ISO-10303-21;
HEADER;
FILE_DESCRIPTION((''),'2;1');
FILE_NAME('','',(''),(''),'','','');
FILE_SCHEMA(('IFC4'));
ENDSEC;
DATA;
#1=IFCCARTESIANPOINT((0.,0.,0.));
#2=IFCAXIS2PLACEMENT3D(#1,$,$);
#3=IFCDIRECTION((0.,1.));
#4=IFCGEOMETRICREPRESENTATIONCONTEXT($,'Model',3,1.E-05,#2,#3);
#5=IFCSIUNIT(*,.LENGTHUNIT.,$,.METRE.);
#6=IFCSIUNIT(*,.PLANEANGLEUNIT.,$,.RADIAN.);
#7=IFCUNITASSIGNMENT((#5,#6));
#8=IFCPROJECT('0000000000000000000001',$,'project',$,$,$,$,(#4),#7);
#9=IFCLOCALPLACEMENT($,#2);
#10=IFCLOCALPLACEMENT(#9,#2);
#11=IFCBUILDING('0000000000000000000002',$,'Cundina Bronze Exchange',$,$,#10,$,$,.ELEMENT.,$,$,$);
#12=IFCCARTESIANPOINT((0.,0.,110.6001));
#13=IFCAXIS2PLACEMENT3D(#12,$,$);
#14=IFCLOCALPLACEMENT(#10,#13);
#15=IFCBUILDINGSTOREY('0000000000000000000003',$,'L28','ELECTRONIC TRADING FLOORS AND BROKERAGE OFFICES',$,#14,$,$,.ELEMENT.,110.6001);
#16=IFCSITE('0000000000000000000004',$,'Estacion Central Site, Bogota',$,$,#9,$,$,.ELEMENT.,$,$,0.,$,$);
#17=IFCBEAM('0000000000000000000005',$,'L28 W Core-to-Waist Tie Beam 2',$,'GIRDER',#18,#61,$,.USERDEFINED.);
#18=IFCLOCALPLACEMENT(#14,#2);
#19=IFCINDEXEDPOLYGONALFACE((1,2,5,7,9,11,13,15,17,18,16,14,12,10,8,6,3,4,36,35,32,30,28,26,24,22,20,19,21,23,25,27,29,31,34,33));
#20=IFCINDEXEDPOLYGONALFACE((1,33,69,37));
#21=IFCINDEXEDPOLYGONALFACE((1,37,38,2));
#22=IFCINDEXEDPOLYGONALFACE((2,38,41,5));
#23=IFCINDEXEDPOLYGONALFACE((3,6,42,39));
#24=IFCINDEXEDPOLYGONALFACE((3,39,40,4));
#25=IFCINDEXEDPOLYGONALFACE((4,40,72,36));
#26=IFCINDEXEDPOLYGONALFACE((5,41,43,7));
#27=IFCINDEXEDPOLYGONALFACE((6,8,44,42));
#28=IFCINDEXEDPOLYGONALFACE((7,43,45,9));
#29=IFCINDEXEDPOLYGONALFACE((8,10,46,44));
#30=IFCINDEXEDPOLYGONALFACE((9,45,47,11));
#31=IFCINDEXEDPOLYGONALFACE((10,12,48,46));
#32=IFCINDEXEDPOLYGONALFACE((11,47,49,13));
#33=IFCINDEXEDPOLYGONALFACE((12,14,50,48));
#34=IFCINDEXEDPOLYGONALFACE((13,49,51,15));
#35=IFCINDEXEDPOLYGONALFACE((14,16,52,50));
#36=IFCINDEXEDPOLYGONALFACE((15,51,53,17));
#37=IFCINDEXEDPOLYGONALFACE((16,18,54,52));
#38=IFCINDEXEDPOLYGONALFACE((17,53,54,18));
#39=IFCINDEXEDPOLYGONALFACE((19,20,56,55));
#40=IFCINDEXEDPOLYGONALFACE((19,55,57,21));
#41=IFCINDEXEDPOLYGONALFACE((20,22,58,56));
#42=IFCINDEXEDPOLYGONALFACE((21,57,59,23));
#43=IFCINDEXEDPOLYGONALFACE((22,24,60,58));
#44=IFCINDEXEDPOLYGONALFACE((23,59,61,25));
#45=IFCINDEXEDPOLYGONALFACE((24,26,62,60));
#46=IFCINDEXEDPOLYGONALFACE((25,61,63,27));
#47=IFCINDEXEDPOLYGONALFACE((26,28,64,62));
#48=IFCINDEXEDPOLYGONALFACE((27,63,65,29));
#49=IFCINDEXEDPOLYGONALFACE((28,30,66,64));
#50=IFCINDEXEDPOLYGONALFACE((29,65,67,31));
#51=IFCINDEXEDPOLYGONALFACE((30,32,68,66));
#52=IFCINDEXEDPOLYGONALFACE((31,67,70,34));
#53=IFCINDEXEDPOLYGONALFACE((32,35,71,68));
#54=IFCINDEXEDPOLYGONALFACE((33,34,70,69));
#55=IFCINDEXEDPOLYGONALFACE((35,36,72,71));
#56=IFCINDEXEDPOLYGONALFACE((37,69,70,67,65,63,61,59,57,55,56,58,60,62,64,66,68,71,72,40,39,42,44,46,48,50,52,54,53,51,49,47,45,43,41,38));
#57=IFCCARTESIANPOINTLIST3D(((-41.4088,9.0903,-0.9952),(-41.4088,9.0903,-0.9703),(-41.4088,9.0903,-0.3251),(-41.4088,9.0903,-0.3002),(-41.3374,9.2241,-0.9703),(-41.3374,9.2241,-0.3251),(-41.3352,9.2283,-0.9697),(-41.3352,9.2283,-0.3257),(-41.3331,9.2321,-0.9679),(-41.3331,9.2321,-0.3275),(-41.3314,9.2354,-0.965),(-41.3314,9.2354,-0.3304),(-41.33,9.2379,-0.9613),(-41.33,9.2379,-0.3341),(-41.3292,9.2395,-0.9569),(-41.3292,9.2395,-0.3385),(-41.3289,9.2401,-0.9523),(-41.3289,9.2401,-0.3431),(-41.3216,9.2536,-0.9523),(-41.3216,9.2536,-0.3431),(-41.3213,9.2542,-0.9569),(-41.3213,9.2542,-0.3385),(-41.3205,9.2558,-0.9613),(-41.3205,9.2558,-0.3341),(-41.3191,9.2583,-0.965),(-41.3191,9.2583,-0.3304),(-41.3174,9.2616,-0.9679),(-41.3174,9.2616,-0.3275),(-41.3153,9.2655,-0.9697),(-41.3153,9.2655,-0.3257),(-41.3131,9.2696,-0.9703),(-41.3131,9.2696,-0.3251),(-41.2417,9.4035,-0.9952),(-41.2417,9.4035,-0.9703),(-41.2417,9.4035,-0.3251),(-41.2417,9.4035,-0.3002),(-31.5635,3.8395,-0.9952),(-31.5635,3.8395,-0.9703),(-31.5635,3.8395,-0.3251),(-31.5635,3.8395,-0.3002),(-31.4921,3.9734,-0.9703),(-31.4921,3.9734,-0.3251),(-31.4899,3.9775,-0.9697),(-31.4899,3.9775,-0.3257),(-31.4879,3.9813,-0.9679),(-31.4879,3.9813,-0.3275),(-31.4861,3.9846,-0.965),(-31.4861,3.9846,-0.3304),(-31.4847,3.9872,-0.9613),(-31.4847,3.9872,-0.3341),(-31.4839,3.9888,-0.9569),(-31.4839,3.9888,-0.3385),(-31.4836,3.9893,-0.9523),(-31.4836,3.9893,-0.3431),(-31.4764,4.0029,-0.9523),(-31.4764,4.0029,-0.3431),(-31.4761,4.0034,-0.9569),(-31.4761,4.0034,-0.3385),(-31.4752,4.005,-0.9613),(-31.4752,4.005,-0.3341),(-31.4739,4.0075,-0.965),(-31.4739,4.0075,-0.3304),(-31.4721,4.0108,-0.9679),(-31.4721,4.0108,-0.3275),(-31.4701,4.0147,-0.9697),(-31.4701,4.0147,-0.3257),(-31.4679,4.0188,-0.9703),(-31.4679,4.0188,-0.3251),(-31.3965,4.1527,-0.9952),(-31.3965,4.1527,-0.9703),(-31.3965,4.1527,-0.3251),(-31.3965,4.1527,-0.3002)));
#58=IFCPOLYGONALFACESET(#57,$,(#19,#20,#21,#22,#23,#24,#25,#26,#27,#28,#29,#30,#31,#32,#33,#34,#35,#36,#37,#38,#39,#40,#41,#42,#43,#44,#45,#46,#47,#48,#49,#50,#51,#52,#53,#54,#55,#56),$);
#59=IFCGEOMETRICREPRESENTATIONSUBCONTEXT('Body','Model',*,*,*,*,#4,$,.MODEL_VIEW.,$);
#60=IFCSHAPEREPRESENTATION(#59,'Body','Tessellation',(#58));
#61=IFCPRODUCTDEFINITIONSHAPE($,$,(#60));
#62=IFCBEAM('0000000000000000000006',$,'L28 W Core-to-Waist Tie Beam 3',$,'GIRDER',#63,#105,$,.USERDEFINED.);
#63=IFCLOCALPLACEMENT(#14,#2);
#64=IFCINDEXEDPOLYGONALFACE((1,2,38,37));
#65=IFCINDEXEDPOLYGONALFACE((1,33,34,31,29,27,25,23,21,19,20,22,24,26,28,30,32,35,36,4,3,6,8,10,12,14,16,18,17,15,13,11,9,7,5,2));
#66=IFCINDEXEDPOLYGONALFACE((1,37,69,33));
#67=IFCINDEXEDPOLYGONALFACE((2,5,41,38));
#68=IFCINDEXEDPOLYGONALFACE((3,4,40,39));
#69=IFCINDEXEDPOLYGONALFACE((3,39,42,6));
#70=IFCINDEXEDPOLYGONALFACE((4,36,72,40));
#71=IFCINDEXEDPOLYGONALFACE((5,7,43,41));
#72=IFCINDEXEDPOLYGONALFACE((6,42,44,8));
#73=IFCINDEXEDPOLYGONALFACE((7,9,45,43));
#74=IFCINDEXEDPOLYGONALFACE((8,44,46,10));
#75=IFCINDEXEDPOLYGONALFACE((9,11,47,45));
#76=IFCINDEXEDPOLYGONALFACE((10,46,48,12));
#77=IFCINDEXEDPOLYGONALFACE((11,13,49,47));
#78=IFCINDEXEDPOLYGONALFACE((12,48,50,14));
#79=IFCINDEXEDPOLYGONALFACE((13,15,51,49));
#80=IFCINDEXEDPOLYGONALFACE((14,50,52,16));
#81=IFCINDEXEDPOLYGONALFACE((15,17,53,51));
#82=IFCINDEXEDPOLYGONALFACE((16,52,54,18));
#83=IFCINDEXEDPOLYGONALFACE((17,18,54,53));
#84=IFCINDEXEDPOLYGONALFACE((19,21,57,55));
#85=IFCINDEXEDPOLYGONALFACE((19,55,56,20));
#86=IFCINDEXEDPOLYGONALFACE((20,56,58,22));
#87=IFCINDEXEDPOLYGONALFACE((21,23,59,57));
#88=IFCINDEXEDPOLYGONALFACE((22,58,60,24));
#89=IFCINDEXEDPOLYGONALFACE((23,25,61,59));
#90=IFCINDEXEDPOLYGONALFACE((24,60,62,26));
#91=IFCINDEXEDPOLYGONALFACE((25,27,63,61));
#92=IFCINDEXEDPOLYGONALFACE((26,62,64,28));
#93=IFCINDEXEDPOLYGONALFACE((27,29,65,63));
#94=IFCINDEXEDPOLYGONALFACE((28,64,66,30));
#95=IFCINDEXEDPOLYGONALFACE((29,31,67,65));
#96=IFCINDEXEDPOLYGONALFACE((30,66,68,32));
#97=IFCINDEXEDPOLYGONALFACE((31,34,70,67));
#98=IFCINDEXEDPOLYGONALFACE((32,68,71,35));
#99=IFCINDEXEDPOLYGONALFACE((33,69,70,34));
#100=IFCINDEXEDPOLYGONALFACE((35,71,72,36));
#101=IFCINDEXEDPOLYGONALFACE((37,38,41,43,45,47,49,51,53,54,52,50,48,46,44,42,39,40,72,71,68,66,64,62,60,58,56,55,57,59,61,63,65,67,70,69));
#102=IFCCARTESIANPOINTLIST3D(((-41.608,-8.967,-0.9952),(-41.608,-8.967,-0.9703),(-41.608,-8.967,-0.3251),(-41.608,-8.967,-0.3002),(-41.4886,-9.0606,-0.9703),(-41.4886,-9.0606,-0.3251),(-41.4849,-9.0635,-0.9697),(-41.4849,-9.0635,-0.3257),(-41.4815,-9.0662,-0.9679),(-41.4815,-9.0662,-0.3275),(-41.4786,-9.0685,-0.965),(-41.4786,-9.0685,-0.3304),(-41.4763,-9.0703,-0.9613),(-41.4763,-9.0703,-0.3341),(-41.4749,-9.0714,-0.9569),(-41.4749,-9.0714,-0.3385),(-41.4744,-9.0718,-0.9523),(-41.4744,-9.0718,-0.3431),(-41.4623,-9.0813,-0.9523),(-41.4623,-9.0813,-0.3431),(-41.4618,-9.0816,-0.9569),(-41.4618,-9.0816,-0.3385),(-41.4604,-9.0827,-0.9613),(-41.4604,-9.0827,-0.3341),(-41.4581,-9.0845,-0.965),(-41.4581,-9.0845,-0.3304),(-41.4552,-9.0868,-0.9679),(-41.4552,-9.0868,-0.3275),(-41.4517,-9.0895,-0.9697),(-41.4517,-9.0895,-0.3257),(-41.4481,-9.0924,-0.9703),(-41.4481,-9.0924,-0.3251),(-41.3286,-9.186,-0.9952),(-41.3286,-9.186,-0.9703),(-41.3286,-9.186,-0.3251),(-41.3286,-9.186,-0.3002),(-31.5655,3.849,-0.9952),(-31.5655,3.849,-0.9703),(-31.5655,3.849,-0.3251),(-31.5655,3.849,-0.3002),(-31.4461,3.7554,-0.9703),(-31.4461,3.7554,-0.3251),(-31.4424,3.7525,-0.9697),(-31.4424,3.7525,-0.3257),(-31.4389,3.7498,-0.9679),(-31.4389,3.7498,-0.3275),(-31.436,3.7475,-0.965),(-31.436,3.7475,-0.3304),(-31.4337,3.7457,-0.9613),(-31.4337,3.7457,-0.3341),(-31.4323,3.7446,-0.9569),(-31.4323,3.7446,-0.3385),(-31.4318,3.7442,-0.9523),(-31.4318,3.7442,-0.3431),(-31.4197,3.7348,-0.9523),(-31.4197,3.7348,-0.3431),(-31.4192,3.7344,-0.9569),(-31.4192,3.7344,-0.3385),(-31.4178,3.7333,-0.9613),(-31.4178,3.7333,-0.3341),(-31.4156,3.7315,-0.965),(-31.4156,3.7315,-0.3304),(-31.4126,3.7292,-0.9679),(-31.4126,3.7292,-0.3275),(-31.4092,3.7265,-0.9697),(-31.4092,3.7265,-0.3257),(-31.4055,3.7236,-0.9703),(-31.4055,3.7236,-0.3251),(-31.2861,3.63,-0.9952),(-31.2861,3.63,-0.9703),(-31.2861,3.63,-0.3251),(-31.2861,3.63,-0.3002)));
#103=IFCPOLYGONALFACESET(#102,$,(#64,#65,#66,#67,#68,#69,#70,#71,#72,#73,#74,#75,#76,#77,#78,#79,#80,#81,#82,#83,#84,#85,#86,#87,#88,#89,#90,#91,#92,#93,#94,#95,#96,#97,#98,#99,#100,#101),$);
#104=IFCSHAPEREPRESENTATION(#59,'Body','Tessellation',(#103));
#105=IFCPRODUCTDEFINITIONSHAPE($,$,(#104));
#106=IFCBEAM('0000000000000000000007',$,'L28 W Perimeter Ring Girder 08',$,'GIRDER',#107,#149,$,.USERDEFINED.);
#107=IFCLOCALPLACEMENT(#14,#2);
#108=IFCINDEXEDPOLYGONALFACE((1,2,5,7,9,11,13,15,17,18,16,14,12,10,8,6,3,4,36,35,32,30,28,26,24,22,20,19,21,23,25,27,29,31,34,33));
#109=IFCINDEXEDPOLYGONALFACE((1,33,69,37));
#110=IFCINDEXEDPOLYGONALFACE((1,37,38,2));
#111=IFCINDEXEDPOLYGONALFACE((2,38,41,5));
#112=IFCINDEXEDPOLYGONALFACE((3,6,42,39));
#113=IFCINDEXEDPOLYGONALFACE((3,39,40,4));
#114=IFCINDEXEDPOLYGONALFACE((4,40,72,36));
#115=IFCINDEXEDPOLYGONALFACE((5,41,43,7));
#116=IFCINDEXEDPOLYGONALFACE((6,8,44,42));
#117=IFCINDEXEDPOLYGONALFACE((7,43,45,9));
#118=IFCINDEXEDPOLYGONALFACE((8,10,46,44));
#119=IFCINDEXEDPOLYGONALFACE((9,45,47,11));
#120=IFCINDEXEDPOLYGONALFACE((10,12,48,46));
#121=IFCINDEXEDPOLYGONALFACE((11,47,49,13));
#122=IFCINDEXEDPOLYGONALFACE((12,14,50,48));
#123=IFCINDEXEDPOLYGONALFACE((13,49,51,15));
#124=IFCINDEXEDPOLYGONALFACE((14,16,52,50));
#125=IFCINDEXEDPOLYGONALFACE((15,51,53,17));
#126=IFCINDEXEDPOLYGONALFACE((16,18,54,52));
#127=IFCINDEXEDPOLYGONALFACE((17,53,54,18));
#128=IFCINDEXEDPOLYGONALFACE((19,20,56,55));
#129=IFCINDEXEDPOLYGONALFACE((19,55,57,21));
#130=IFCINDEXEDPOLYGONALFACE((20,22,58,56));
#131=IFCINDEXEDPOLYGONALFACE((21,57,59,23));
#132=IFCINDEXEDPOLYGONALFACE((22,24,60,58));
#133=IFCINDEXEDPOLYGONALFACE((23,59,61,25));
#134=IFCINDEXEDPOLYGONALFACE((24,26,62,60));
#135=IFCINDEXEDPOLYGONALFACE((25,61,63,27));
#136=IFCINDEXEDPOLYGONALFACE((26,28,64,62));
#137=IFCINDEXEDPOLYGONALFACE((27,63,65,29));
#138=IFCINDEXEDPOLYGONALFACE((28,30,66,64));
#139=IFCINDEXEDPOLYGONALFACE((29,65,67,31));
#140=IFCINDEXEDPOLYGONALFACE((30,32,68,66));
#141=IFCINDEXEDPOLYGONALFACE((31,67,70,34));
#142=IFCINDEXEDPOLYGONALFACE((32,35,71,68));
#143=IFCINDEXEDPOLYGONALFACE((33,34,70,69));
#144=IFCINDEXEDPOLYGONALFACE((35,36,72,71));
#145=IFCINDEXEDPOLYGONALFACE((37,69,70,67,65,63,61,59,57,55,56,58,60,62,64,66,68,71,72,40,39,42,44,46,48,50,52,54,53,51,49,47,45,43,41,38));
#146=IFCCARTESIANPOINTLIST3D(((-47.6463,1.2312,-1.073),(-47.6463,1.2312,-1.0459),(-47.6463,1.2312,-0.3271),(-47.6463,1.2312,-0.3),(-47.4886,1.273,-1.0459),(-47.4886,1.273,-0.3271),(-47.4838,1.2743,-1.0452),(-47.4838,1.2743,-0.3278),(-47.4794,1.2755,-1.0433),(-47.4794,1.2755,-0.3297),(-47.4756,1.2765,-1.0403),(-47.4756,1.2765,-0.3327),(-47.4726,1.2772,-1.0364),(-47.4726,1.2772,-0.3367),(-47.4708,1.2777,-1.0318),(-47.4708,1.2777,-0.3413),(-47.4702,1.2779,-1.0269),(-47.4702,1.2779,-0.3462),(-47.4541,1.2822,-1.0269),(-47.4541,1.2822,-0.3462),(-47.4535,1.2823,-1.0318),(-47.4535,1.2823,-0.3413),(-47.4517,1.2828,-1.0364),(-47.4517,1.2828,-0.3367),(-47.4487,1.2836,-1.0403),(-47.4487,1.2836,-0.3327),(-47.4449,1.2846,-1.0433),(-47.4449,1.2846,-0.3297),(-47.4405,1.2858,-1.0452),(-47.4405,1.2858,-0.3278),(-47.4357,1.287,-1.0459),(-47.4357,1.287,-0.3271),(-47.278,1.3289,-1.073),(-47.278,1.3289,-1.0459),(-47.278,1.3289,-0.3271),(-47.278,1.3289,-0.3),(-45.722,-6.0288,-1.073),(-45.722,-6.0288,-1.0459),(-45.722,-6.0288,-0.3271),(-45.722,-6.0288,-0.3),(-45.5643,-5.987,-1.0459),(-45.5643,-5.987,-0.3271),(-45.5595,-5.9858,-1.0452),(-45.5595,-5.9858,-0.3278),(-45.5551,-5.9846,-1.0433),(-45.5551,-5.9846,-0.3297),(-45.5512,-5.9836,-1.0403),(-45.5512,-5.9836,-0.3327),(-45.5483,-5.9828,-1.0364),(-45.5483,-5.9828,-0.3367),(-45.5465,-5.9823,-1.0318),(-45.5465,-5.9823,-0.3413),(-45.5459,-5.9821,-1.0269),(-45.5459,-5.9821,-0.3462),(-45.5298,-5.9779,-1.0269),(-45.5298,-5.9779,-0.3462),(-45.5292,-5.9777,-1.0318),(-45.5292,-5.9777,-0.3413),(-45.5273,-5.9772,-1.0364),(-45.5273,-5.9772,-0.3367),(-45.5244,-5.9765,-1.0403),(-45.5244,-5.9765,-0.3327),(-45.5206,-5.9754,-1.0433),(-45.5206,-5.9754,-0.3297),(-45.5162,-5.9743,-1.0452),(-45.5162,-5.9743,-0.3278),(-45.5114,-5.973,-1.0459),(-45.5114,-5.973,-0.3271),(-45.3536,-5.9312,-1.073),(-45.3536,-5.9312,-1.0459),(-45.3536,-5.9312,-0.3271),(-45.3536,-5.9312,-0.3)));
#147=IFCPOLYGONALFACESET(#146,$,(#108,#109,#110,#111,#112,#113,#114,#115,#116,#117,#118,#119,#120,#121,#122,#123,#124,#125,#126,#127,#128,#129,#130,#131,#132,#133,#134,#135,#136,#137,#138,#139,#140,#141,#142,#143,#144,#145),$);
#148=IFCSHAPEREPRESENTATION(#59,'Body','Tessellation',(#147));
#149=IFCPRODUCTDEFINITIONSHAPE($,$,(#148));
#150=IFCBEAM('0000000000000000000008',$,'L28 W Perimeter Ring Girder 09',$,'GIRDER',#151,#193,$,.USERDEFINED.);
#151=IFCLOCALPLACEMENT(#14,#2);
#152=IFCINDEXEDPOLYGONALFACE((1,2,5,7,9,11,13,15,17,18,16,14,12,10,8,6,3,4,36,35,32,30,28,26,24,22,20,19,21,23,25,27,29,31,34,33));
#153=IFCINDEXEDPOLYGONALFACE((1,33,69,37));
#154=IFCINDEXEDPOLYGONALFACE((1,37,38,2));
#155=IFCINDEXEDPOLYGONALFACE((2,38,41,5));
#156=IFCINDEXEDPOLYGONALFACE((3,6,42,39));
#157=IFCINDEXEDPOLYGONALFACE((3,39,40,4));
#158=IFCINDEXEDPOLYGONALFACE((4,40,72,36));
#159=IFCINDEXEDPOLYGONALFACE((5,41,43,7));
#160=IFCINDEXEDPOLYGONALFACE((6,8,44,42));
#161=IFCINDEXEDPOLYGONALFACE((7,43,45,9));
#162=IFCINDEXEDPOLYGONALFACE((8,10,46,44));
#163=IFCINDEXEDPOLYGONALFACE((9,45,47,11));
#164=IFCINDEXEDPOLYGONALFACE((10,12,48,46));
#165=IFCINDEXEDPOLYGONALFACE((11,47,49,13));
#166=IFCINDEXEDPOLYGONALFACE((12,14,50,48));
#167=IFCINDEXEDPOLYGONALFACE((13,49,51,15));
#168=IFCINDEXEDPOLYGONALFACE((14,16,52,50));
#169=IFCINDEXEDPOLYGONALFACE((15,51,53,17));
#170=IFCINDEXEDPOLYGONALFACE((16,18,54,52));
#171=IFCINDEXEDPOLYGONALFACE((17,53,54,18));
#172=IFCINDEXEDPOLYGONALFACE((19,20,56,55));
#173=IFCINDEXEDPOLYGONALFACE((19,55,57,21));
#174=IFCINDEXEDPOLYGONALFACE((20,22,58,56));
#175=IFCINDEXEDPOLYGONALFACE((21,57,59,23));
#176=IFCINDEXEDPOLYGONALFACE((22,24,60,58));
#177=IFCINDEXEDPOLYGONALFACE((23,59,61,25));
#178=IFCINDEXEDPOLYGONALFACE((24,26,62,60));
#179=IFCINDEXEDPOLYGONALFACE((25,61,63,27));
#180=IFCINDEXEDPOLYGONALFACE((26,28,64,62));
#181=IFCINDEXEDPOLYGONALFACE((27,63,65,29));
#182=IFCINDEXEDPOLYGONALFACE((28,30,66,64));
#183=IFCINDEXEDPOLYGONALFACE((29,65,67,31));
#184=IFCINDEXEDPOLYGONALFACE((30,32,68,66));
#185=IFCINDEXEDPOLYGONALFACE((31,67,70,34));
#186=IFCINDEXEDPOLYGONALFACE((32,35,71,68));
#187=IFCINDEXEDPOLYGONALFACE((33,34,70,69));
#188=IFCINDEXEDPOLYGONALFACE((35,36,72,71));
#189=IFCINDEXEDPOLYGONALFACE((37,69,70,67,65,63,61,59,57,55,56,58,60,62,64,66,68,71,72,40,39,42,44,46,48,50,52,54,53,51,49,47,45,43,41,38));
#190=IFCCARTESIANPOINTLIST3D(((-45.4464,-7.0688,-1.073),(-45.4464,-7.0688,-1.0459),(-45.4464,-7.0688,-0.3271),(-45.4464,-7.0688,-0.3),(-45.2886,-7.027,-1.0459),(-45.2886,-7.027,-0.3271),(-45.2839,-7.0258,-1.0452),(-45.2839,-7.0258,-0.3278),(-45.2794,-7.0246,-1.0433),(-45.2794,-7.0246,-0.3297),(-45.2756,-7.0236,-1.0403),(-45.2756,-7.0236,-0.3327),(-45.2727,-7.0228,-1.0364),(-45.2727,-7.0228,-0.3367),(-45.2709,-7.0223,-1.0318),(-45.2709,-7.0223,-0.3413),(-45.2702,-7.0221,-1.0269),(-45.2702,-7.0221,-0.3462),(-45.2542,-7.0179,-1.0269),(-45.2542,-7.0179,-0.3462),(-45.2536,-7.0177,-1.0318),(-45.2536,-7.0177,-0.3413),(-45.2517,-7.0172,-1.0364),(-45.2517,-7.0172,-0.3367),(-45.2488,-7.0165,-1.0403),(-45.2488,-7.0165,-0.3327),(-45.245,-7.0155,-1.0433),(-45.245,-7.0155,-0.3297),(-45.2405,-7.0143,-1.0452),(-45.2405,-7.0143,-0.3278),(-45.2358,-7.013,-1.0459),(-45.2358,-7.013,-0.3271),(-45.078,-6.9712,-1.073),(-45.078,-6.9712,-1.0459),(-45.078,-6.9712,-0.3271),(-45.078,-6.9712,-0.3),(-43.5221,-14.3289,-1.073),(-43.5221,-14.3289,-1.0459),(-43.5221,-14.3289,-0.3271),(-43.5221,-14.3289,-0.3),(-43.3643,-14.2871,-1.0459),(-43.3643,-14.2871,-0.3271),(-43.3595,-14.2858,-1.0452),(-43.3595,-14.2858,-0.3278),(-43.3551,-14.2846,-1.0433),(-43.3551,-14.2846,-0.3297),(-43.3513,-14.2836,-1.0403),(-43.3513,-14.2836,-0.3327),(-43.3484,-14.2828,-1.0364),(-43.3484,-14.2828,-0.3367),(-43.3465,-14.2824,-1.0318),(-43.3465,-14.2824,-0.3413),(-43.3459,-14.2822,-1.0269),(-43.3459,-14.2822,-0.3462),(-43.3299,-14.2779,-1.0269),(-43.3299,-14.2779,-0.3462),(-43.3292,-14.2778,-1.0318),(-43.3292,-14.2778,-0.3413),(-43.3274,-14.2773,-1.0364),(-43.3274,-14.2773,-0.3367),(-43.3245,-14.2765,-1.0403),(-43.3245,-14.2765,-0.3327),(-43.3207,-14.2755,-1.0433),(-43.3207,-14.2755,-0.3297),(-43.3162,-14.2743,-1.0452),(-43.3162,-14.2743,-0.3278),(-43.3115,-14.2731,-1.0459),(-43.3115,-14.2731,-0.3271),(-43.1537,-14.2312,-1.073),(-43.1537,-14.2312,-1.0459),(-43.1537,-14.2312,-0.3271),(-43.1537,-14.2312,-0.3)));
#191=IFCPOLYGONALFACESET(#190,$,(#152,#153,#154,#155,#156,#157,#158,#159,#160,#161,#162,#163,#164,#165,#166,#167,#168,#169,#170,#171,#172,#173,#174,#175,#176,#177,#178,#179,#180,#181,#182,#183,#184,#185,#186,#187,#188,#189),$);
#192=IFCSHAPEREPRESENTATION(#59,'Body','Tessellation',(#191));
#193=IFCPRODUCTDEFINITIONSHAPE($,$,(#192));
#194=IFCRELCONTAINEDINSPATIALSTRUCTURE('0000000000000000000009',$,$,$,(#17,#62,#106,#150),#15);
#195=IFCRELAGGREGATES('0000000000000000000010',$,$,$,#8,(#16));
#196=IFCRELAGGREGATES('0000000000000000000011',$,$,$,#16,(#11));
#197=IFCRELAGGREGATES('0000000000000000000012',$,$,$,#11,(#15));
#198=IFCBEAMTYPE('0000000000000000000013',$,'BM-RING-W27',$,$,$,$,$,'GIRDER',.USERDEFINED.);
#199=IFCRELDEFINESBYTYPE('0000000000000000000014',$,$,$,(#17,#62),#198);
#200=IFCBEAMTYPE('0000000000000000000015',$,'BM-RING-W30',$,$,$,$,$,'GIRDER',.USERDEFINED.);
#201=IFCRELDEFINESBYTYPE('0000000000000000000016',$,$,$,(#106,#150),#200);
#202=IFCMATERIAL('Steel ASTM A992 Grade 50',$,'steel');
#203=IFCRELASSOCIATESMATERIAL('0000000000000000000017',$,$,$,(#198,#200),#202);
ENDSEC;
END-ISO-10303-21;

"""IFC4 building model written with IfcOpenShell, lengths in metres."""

from ifc_helpers import new_model, si_unit, direction, frame, origin, origin_2d, place, context, subcontext, project, spatial, i_section, extrude, material, material_profile, profile_set, type_object, element, save


model = new_model("IFC4")

# Units and contexts
model_context = context("Model", 3, precision=1e-05, world=origin(), true_north=direction((0.0, 1.0)))
body_context = subcontext(model_context, "Body", "Model", "MODEL_VIEW")
ifc_project = project(units=[si_unit("LENGTHUNIT", "METRE"), si_unit("PLANEANGLEUNIT", "RADIAN")], contexts=[model_context])

# Site, building, storey
site_placement = place(None, origin())
site = spatial("IfcSite", under=ifc_project, at=site_placement, Name="Estacion Central Site, Bogota", CompositionType="ELEMENT", RefElevation=0.0)
building_placement = place(site_placement, origin())
building = spatial("IfcBuilding", under=site, at=building_placement, Name="Cundina Bronze Exchange", CompositionType="ELEMENT")
storey_placement = place(building_placement, frame((0.0, 0.0, 110.6001)))
storey = spatial("IfcBuildingStorey", under=building, at=storey_placement, Name="L28", Description="ELECTRONIC TRADING FLOORS AND BROKERAGE OFFICES", CompositionType="ELEMENT", Elevation=110.6001)

# Shared definitions
ifc_material_1 = material(Name="Steel ASTM A992 Grade 50", Category="steel")

# Beams
ifc_material_profile_1 = material_profile(ifc_material_1, i_section(OverallWidth=0.355, OverallDepth=0.6951, WebThickness=0.0154, FlangeThickness=0.0249, FilletRadius=0.0181, at=origin_2d()), Name="W27X146", Category="steel")
ifc_profile_set_1 = profile_set([ifc_material_profile_1], Name="Steel ASTM A992 Grade 50")
beam_type_1 = type_object("IfcBeamType", Name="BM-RING-W27", ElementType="GIRDER", PredefinedType="USERDEFINED", material=ifc_profile_set_1)
beam_1_placement = place(storey_placement, frame((-31.48, 3.9961, -0.6477), z_axis=(-0.882355, 0.470585, 0.0), x_axis=(-0.470585, -0.882355, 0.0)))
element("IfcBeam", 1, at=beam_1_placement, inside=storey, type_object=beam_type_1, Name="L28 W Core-to-Waist Tie Beam 2", ObjectType="GIRDER", PredefinedType="USERDEFINED", context=body_context, shape_type="SweptSolid", body=[
    extrude(i_section(OverallWidth=0.355, OverallDepth=0.6951, WebThickness=0.0154, FlangeThickness=0.0249, FilletRadius=0.0181, at=origin_2d()), origin(), (0.0, 0.0, 1.0), 11.158),
])
beam_2_placement = place(storey_placement, frame((-31.4258, 3.7395, -0.6477), z_axis=(-0.616789, -0.787128, 0.0), x_axis=(0.787128, -0.616789, 0.0)))
element("IfcBeam", 2, at=beam_2_placement, inside=storey, type_object=beam_type_1, Name="L28 W Core-to-Waist Tie Beam 3", ObjectType="GIRDER", PredefinedType="USERDEFINED", context=body_context, shape_type="SweptSolid", body=[
    extrude(i_section(OverallWidth=0.355, OverallDepth=0.6951, WebThickness=0.0154, FlangeThickness=0.0249, FilletRadius=0.0181, at=origin_2d()), origin(), (0.0, 0.0, 1.0), 16.282),
])
ifc_material_profile_2 = material_profile(ifc_material_1, i_section(OverallWidth=0.3811, OverallDepth=0.7729, WebThickness=0.0166, FlangeThickness=0.0271, FilletRadius=0.019, at=origin_2d()), Name="W30X173", Category="steel")
ifc_profile_set_2 = profile_set([ifc_material_profile_2], Name="Steel ASTM A992 Grade 50")
beam_type_2 = type_object("IfcBeamType", Name="BM-RING-W30", ElementType="GIRDER", PredefinedType="USERDEFINED", material=ifc_profile_set_2)
for number, where, z_axis, x_axis, name in (
    (3, (-47.4622, 1.28, -0.6865), (0.25621, -0.966621, 0.0), (0.966621, 0.25621, 0.0), "L28 W Perimeter Ring Girder 08"),
    (4, (-45.2622, -7.02, -0.6865), (0.25621, -0.966621, 0.0), (0.966621, 0.25621, 0.0), "L28 W Perimeter Ring Girder 09"),
):
    element("IfcBeam", number, at=place(storey_placement, frame(where, z_axis=z_axis, x_axis=x_axis)), inside=storey, type_object=beam_type_2, Name=name, ObjectType="GIRDER", PredefinedType="USERDEFINED", context=body_context, shape_type="SweptSolid", body=[
        extrude(i_section(OverallWidth=0.3811, OverallDepth=0.7729, WebThickness=0.0166, FlangeThickness=0.0271, FilletRadius=0.019, at=origin_2d()), origin(), (0.0, 0.0, 1.0), 7.5107),
    ])

save(model, "model.ifc")
